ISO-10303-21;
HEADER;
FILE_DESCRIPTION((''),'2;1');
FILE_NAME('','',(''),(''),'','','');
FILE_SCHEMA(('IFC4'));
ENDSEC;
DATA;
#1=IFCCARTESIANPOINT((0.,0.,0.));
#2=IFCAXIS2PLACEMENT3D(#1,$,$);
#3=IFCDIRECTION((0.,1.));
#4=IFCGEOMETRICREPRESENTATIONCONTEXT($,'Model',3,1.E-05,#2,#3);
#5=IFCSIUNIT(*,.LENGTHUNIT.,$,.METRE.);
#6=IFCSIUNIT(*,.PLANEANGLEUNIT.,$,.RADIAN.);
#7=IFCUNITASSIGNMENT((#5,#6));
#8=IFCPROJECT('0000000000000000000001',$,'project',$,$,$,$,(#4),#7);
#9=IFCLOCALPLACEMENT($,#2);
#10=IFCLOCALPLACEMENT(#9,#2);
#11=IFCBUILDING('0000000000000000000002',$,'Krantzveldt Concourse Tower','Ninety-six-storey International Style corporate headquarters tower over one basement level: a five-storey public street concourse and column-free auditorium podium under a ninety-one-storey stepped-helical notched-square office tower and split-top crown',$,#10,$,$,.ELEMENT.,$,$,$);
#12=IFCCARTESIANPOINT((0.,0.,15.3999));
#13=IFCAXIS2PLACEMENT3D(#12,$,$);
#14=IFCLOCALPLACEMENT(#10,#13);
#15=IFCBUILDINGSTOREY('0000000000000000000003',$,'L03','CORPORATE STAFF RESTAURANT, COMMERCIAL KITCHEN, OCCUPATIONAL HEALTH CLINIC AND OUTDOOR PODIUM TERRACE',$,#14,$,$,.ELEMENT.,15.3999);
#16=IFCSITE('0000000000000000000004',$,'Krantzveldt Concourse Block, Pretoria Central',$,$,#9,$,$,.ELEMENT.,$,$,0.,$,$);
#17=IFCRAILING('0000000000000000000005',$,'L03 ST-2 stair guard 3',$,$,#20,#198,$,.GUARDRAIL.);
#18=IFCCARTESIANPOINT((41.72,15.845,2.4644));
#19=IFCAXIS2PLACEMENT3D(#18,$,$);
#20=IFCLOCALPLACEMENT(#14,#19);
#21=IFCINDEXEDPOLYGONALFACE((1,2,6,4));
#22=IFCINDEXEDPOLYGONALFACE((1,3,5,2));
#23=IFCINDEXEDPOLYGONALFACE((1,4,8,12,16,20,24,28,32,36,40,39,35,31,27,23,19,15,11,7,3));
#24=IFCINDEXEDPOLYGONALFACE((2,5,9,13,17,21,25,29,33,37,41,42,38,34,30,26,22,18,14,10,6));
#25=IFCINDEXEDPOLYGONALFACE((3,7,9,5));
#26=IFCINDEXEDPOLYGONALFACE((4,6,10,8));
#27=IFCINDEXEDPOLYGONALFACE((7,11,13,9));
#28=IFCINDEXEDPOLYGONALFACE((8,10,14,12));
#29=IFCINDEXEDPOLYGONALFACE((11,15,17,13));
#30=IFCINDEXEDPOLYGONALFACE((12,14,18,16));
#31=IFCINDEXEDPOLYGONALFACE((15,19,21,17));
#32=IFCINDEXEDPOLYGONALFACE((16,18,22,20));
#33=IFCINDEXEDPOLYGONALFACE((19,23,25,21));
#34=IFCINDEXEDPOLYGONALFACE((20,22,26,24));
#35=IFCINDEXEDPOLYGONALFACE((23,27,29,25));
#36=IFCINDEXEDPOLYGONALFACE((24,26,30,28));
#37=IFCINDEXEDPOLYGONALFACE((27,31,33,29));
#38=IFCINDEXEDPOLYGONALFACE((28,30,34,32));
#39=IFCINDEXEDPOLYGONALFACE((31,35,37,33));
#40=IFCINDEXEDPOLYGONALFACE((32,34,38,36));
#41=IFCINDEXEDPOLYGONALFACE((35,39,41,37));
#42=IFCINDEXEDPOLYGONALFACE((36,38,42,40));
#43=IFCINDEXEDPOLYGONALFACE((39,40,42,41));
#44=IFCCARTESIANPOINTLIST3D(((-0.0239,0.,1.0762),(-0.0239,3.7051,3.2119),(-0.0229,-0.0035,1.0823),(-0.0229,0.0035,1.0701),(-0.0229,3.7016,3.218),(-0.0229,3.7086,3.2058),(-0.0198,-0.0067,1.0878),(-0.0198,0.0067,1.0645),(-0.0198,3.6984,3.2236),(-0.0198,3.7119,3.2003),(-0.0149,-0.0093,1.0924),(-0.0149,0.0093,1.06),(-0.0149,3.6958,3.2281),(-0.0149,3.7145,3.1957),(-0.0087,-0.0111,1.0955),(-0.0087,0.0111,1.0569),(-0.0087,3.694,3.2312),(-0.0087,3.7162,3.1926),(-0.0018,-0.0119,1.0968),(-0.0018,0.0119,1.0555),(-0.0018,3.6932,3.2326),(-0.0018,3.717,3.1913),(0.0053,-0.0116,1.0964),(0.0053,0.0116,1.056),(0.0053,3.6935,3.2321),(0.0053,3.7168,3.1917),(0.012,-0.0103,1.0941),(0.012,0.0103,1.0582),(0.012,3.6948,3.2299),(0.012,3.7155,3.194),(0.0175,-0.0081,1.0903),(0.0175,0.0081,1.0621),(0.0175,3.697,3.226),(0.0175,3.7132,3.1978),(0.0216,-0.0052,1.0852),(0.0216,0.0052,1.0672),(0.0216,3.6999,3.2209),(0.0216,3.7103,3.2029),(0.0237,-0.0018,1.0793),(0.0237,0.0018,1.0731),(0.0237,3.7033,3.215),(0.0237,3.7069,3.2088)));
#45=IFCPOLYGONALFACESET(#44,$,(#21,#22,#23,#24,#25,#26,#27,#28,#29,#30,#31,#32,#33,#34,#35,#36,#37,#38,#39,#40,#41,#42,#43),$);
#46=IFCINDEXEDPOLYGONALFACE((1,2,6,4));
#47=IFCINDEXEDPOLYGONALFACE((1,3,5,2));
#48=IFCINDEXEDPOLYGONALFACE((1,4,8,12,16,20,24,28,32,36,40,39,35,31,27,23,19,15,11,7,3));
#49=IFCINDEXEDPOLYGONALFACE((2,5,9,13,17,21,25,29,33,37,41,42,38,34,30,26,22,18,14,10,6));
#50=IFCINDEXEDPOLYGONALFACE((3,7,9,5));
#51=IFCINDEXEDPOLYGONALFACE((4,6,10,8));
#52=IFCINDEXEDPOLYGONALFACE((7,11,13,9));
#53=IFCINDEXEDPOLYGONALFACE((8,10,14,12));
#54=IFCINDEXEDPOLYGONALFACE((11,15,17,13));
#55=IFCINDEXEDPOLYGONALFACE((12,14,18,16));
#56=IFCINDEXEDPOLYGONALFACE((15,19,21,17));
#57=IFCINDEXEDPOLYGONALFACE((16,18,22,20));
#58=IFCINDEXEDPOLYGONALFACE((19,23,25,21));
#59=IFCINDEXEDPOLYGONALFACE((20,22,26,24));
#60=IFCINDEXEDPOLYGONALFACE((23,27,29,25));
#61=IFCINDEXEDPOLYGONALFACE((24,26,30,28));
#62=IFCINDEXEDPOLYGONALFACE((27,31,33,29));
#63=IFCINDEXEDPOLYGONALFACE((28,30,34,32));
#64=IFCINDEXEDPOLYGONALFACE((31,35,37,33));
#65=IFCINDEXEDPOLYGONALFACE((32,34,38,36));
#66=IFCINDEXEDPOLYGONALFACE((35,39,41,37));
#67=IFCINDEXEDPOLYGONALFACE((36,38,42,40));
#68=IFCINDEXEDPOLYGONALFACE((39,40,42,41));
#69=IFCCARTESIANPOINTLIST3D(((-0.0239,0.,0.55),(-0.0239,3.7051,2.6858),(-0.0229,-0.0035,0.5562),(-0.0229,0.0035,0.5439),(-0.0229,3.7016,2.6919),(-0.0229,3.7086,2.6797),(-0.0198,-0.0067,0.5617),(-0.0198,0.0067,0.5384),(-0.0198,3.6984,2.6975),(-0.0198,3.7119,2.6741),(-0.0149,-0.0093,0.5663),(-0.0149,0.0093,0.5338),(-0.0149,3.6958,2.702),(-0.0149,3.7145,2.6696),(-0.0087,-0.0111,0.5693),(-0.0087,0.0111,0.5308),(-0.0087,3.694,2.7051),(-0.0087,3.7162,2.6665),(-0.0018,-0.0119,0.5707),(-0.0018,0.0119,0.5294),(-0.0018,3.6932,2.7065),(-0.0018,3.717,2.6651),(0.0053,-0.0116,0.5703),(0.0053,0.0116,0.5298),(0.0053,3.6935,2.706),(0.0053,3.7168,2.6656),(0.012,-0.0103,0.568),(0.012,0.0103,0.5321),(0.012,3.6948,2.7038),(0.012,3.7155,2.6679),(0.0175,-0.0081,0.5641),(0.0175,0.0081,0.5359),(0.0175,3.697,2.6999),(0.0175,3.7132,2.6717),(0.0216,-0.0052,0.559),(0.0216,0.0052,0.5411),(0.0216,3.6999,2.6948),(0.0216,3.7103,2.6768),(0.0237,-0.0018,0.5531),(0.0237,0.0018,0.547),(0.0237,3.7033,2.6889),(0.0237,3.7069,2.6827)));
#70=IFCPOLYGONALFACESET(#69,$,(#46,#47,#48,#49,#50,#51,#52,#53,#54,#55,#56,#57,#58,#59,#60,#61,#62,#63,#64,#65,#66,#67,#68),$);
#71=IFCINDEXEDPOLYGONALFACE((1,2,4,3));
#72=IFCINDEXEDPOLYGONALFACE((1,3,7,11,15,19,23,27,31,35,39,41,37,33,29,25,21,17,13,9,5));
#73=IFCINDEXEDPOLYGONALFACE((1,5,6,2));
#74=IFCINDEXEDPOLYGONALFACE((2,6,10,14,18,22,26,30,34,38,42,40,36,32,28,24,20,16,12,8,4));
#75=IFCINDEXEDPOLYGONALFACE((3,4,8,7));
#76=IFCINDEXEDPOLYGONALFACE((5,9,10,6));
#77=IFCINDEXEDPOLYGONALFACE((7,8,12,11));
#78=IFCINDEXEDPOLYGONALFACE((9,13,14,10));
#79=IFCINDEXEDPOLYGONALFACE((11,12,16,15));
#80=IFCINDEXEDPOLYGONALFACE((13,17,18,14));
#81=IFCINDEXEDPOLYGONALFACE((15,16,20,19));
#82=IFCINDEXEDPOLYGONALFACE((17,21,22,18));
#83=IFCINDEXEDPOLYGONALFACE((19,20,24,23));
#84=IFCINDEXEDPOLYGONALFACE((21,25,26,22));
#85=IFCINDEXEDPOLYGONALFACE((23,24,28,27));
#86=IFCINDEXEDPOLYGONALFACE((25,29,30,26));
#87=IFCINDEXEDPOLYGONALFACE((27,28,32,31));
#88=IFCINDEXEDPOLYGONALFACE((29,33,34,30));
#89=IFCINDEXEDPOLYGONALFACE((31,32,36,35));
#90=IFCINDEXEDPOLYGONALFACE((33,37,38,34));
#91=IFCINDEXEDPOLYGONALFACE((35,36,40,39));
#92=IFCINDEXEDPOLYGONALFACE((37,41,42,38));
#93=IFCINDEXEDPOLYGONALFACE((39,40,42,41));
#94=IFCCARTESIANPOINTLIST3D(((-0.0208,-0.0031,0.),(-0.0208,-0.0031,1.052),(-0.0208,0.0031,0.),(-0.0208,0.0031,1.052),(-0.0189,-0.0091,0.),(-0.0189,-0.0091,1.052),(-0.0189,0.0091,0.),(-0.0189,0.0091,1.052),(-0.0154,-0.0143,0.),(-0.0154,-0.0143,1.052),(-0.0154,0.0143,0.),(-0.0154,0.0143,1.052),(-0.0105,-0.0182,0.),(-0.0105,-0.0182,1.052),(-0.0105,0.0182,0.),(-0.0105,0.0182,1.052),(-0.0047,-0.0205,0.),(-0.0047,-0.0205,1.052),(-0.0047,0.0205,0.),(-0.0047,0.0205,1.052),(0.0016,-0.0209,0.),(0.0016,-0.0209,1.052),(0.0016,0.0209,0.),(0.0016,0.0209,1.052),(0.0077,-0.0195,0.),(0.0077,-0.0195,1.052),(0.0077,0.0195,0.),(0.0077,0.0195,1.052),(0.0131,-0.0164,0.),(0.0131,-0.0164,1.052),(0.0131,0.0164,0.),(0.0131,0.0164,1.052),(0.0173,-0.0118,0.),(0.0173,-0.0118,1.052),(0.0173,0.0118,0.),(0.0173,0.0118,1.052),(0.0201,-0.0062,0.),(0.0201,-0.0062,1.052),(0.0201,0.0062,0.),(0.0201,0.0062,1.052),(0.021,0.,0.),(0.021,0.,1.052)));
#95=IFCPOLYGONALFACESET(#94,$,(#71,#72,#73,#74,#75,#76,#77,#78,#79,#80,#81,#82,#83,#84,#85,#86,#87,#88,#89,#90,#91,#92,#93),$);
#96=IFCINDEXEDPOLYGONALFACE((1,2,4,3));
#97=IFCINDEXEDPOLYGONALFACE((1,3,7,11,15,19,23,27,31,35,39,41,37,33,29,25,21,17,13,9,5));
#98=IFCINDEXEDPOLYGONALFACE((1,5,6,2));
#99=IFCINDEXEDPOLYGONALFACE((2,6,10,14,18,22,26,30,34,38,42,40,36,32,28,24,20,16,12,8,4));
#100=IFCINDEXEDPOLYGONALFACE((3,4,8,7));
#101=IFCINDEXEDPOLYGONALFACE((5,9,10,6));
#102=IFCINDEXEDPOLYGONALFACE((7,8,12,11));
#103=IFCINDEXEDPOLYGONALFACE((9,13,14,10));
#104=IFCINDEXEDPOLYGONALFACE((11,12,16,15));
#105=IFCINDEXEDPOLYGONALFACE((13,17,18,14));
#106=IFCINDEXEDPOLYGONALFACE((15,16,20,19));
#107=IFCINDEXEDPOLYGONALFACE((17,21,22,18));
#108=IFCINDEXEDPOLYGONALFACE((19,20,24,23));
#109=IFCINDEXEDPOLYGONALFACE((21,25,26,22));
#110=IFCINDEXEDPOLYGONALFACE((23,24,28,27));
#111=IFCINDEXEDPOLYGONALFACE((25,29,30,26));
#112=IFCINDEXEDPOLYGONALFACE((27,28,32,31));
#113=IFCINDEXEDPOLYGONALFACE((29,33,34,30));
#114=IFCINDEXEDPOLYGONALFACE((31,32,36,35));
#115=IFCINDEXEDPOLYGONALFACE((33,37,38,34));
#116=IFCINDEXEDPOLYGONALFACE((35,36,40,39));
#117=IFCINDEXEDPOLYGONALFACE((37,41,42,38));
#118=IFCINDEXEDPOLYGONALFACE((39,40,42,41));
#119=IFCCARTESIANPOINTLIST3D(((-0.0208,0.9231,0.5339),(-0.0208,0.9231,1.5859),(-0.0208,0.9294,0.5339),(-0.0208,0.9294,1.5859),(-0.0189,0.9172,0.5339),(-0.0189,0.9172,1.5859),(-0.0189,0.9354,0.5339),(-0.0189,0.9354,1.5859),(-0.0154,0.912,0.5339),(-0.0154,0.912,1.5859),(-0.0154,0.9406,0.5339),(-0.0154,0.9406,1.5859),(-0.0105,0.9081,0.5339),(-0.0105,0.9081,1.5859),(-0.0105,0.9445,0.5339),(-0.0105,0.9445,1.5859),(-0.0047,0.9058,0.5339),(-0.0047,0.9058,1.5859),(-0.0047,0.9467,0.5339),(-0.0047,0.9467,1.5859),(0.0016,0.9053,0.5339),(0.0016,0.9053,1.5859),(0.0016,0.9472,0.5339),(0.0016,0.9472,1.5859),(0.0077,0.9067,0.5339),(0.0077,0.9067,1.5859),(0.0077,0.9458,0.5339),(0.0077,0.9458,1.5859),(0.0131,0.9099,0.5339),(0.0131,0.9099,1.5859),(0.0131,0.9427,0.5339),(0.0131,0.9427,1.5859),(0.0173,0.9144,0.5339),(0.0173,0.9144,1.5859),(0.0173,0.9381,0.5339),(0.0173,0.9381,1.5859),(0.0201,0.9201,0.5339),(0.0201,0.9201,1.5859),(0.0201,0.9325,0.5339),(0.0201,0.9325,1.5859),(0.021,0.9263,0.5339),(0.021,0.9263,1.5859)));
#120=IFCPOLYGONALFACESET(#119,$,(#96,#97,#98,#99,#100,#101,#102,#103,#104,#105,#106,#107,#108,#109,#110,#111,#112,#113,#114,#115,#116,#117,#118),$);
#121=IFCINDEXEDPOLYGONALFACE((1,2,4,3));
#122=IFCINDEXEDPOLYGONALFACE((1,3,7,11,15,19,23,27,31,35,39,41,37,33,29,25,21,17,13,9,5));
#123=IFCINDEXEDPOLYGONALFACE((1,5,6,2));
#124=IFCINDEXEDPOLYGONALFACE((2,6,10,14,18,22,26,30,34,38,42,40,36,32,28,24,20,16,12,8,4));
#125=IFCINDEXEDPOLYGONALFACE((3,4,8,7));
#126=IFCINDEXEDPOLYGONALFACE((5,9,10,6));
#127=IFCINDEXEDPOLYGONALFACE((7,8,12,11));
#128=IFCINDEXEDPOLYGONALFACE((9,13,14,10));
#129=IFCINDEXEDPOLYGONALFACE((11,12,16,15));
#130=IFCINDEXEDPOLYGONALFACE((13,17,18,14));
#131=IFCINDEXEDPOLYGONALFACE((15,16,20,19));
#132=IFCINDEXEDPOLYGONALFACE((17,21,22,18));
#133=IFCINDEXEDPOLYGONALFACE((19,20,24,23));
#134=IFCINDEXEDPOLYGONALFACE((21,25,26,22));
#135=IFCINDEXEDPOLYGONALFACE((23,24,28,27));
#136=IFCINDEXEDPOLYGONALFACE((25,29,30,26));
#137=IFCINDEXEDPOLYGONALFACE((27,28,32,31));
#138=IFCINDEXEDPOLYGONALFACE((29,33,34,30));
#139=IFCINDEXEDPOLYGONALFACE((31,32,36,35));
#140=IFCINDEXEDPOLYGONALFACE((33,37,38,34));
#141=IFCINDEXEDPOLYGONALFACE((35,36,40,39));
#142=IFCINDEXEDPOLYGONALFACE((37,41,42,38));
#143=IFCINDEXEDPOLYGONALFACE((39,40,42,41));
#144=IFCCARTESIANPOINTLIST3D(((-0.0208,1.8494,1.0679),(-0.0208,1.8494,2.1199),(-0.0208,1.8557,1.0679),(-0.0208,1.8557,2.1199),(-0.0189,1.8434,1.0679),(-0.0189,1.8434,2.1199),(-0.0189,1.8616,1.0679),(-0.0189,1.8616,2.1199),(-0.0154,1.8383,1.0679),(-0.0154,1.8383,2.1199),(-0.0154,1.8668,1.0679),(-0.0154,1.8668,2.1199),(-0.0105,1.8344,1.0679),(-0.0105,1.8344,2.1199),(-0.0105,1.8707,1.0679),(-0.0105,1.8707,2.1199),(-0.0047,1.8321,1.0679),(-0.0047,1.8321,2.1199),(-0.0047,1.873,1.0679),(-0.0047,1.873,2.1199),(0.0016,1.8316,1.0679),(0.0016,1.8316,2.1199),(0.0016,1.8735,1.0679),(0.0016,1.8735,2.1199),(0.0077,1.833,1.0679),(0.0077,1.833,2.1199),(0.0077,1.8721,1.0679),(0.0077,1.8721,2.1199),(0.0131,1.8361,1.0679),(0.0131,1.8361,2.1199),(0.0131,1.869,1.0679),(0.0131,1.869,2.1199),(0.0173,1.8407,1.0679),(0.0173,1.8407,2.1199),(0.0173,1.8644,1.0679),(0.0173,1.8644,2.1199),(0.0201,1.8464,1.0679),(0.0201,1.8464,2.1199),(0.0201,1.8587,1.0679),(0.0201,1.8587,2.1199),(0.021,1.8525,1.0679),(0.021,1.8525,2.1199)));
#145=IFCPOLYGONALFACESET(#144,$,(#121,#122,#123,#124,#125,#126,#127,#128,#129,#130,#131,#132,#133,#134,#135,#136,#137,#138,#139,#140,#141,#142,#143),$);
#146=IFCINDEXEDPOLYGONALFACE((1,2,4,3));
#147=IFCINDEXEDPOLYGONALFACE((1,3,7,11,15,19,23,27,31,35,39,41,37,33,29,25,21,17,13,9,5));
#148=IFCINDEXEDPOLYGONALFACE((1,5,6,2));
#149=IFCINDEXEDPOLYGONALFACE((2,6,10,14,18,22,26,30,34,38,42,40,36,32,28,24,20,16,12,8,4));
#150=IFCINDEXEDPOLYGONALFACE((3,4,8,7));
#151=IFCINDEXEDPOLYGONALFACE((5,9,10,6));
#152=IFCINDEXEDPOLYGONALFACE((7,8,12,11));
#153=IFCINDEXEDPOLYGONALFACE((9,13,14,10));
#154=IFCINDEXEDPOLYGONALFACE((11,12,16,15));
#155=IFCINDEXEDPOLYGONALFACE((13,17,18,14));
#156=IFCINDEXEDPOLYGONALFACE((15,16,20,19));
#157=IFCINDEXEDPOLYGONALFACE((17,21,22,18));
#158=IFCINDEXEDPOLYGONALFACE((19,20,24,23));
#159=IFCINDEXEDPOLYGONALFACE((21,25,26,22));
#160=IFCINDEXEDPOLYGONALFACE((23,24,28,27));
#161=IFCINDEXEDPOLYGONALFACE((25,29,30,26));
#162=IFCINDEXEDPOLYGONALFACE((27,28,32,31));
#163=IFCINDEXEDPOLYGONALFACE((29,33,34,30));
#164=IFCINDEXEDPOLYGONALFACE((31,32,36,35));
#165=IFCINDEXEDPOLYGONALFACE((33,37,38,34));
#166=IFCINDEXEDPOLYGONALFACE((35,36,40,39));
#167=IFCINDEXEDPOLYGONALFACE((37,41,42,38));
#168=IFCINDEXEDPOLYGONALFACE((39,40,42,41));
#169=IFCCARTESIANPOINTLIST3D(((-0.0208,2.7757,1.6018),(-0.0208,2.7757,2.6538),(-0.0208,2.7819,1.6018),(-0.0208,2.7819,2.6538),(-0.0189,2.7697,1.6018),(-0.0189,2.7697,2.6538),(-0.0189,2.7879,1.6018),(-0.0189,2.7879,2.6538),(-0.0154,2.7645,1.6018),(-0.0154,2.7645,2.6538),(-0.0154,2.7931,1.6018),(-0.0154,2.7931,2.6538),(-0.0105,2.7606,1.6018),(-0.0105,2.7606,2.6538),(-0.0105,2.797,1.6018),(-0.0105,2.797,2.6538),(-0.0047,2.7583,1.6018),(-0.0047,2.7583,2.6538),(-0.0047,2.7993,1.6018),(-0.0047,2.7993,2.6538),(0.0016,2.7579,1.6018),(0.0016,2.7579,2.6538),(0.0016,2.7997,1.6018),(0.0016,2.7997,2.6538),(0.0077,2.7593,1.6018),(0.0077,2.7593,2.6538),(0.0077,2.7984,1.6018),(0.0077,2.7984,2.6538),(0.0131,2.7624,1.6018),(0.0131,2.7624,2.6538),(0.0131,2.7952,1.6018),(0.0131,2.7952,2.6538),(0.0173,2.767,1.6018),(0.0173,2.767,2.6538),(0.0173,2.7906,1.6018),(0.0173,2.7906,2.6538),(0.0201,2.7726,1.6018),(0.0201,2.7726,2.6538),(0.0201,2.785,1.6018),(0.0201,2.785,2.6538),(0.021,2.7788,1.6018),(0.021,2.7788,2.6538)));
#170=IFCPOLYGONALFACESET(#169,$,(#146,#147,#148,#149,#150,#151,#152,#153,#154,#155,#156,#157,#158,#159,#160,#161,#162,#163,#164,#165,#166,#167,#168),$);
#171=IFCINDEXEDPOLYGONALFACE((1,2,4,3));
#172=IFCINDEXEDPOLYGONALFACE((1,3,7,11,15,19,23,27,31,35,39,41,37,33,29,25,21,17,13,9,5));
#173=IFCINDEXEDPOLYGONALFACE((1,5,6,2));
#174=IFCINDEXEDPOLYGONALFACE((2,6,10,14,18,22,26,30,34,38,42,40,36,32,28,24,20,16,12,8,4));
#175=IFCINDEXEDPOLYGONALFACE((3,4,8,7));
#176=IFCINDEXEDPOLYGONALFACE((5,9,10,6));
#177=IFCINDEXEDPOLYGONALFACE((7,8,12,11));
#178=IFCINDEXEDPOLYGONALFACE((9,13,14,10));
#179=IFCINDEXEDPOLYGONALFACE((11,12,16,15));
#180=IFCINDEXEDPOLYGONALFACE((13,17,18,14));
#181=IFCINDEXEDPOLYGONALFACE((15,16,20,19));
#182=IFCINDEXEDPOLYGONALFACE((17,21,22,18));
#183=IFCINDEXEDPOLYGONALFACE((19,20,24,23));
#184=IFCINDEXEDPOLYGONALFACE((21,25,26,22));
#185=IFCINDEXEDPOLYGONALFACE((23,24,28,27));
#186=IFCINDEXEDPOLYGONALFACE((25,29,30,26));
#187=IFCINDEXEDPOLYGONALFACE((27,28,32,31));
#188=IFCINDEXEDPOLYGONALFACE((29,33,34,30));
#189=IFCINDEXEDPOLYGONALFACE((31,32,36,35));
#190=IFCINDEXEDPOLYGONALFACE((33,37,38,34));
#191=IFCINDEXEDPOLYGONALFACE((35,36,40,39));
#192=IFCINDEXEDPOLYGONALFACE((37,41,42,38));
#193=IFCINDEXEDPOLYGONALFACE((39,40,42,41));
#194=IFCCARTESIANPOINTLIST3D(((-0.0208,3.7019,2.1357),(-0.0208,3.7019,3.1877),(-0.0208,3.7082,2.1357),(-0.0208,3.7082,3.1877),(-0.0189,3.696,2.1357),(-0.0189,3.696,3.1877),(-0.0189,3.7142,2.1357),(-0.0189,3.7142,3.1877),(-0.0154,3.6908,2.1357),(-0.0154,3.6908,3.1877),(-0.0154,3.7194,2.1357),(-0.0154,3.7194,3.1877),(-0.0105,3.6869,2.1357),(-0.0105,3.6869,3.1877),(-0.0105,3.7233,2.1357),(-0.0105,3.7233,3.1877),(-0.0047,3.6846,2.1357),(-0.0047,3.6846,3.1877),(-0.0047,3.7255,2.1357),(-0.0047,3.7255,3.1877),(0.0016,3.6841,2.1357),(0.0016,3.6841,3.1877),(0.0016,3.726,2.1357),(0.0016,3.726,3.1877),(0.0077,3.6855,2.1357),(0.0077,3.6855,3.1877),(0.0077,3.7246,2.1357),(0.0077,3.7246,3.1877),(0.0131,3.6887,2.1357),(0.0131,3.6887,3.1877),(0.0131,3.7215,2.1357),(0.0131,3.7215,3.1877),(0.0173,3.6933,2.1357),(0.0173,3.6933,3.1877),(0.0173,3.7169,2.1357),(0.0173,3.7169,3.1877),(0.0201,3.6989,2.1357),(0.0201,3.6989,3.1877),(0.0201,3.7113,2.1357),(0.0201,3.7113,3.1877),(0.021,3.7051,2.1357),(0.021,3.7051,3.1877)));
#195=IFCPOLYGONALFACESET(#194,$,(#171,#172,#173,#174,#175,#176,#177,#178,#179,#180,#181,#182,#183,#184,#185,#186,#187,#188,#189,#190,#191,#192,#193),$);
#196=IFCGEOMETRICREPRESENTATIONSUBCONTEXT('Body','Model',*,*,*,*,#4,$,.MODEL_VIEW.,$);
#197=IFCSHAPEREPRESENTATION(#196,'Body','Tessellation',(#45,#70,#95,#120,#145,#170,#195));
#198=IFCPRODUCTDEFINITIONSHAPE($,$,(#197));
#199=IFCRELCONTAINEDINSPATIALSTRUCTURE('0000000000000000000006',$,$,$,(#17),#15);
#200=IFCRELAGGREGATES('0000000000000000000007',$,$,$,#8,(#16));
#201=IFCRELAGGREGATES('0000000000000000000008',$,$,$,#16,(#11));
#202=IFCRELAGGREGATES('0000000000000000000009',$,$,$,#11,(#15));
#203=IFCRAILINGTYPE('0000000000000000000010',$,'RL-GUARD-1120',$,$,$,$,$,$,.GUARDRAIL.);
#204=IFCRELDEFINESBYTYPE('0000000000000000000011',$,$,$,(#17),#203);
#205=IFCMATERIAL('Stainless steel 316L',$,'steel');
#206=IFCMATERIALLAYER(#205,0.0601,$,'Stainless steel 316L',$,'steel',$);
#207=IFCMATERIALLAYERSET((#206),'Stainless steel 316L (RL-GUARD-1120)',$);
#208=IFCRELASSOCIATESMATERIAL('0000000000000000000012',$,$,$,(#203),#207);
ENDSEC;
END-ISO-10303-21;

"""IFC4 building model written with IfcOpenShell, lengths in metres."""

from ifc_helpers import new_model, si_unit, direction, frame, origin, origin_2d, place, context, subcontext, project, spatial, circle, extrude, material, layer, layer_set, type_object, element, save


model = new_model("IFC4")

# Units and contexts
model_context = context("Model", 3, precision=1e-05, world=origin(), true_north=direction((0.0, 1.0)))
body_context = subcontext(model_context, "Body", "Model", "MODEL_VIEW")
ifc_project = project(units=[si_unit("LENGTHUNIT", "METRE"), si_unit("PLANEANGLEUNIT", "RADIAN")], contexts=[model_context])

# Site, building, storey
site_placement = place(None, origin())
site = spatial("IfcSite", under=ifc_project, at=site_placement, Name="Krantzveldt Concourse Block, Pretoria Central", CompositionType="ELEMENT", RefElevation=0.0)
building_placement = place(site_placement, origin())
building = spatial("IfcBuilding", under=site, at=building_placement, Name="Krantzveldt Concourse Tower", Description="Ninety-six-storey International Style corporate headquarters tower over one basement level: a five-storey public street concourse and column-free auditorium podium under a ninety-one-storey stepped-helical notched-square office tower and split-top crown", CompositionType="ELEMENT")
storey_placement = place(building_placement, frame((0.0, 0.0, 15.3999)))
storey = spatial("IfcBuildingStorey", under=building, at=storey_placement, Name="L03", Description="CORPORATE STAFF RESTAURANT, COMMERCIAL KITCHEN, OCCUPATIONAL HEALTH CLINIC AND OUTDOOR PODIUM TERRACE", CompositionType="ELEMENT", Elevation=15.3999)

# Shared definitions
ifc_material_1 = material(Name="Stainless steel 316L", Category="steel")

# Railing
ifc_layer_1 = layer(ifc_material_1, 0.0601, Name="Stainless steel 316L", Category="steel")
ifc_layer_set_1 = layer_set([ifc_layer_1], Name="Stainless steel 316L (RL-GUARD-1120)")
railing_type_1 = type_object("IfcRailingType", Name="RL-GUARD-1120", PredefinedType="GUARDRAIL", material=ifc_layer_set_1)
railing_1_placement = place(storey_placement, frame((41.72, 15.845, 2.4644)))
element("IfcRailing", 1, at=railing_1_placement, inside=storey, type_object=railing_type_1, Name="L03 ST-2 stair guard 3", PredefinedType="GUARDRAIL", context=body_context, shape_type="SweptSolid", body=[
    extrude(circle(Radius=0.0239, at=origin_2d()), frame((0.0, 0.0, 1.0762), z_axis=(0.0, 0.866368, 0.499406), x_axis=(-1.0, 0.0, 0.0)), (0.0, 0.0, 1.0), 4.2766),
    extrude(circle(Radius=0.0239, at=origin_2d()), frame((0.0, 0.0, 0.55), z_axis=(0.0, 0.866368, 0.499406), x_axis=(-1.0, 0.0, 0.0)), (0.0, 0.0, 1.0), 4.2766),
    extrude(circle(Radius=0.021, at=origin_2d()), origin(), (0.0, 0.0, 1.0), 1.052),
    extrude(circle(Radius=0.021, at=origin_2d()), frame((0.0, 0.9263, 0.5339)), (0.0, 0.0, 1.0), 1.052),
    extrude(circle(Radius=0.021, at=origin_2d()), frame((0.0, 1.8525, 1.0679)), (0.0, 0.0, 1.0), 1.052),
    extrude(circle(Radius=0.021, at=origin_2d()), frame((0.0, 2.7788, 1.6018)), (0.0, 0.0, 1.0), 1.052),
    extrude(circle(Radius=0.021, at=origin_2d()), frame((0.0, 3.7051, 2.1357)), (0.0, 0.0, 1.0), 1.052),
])

save(model, "model.ifc")
